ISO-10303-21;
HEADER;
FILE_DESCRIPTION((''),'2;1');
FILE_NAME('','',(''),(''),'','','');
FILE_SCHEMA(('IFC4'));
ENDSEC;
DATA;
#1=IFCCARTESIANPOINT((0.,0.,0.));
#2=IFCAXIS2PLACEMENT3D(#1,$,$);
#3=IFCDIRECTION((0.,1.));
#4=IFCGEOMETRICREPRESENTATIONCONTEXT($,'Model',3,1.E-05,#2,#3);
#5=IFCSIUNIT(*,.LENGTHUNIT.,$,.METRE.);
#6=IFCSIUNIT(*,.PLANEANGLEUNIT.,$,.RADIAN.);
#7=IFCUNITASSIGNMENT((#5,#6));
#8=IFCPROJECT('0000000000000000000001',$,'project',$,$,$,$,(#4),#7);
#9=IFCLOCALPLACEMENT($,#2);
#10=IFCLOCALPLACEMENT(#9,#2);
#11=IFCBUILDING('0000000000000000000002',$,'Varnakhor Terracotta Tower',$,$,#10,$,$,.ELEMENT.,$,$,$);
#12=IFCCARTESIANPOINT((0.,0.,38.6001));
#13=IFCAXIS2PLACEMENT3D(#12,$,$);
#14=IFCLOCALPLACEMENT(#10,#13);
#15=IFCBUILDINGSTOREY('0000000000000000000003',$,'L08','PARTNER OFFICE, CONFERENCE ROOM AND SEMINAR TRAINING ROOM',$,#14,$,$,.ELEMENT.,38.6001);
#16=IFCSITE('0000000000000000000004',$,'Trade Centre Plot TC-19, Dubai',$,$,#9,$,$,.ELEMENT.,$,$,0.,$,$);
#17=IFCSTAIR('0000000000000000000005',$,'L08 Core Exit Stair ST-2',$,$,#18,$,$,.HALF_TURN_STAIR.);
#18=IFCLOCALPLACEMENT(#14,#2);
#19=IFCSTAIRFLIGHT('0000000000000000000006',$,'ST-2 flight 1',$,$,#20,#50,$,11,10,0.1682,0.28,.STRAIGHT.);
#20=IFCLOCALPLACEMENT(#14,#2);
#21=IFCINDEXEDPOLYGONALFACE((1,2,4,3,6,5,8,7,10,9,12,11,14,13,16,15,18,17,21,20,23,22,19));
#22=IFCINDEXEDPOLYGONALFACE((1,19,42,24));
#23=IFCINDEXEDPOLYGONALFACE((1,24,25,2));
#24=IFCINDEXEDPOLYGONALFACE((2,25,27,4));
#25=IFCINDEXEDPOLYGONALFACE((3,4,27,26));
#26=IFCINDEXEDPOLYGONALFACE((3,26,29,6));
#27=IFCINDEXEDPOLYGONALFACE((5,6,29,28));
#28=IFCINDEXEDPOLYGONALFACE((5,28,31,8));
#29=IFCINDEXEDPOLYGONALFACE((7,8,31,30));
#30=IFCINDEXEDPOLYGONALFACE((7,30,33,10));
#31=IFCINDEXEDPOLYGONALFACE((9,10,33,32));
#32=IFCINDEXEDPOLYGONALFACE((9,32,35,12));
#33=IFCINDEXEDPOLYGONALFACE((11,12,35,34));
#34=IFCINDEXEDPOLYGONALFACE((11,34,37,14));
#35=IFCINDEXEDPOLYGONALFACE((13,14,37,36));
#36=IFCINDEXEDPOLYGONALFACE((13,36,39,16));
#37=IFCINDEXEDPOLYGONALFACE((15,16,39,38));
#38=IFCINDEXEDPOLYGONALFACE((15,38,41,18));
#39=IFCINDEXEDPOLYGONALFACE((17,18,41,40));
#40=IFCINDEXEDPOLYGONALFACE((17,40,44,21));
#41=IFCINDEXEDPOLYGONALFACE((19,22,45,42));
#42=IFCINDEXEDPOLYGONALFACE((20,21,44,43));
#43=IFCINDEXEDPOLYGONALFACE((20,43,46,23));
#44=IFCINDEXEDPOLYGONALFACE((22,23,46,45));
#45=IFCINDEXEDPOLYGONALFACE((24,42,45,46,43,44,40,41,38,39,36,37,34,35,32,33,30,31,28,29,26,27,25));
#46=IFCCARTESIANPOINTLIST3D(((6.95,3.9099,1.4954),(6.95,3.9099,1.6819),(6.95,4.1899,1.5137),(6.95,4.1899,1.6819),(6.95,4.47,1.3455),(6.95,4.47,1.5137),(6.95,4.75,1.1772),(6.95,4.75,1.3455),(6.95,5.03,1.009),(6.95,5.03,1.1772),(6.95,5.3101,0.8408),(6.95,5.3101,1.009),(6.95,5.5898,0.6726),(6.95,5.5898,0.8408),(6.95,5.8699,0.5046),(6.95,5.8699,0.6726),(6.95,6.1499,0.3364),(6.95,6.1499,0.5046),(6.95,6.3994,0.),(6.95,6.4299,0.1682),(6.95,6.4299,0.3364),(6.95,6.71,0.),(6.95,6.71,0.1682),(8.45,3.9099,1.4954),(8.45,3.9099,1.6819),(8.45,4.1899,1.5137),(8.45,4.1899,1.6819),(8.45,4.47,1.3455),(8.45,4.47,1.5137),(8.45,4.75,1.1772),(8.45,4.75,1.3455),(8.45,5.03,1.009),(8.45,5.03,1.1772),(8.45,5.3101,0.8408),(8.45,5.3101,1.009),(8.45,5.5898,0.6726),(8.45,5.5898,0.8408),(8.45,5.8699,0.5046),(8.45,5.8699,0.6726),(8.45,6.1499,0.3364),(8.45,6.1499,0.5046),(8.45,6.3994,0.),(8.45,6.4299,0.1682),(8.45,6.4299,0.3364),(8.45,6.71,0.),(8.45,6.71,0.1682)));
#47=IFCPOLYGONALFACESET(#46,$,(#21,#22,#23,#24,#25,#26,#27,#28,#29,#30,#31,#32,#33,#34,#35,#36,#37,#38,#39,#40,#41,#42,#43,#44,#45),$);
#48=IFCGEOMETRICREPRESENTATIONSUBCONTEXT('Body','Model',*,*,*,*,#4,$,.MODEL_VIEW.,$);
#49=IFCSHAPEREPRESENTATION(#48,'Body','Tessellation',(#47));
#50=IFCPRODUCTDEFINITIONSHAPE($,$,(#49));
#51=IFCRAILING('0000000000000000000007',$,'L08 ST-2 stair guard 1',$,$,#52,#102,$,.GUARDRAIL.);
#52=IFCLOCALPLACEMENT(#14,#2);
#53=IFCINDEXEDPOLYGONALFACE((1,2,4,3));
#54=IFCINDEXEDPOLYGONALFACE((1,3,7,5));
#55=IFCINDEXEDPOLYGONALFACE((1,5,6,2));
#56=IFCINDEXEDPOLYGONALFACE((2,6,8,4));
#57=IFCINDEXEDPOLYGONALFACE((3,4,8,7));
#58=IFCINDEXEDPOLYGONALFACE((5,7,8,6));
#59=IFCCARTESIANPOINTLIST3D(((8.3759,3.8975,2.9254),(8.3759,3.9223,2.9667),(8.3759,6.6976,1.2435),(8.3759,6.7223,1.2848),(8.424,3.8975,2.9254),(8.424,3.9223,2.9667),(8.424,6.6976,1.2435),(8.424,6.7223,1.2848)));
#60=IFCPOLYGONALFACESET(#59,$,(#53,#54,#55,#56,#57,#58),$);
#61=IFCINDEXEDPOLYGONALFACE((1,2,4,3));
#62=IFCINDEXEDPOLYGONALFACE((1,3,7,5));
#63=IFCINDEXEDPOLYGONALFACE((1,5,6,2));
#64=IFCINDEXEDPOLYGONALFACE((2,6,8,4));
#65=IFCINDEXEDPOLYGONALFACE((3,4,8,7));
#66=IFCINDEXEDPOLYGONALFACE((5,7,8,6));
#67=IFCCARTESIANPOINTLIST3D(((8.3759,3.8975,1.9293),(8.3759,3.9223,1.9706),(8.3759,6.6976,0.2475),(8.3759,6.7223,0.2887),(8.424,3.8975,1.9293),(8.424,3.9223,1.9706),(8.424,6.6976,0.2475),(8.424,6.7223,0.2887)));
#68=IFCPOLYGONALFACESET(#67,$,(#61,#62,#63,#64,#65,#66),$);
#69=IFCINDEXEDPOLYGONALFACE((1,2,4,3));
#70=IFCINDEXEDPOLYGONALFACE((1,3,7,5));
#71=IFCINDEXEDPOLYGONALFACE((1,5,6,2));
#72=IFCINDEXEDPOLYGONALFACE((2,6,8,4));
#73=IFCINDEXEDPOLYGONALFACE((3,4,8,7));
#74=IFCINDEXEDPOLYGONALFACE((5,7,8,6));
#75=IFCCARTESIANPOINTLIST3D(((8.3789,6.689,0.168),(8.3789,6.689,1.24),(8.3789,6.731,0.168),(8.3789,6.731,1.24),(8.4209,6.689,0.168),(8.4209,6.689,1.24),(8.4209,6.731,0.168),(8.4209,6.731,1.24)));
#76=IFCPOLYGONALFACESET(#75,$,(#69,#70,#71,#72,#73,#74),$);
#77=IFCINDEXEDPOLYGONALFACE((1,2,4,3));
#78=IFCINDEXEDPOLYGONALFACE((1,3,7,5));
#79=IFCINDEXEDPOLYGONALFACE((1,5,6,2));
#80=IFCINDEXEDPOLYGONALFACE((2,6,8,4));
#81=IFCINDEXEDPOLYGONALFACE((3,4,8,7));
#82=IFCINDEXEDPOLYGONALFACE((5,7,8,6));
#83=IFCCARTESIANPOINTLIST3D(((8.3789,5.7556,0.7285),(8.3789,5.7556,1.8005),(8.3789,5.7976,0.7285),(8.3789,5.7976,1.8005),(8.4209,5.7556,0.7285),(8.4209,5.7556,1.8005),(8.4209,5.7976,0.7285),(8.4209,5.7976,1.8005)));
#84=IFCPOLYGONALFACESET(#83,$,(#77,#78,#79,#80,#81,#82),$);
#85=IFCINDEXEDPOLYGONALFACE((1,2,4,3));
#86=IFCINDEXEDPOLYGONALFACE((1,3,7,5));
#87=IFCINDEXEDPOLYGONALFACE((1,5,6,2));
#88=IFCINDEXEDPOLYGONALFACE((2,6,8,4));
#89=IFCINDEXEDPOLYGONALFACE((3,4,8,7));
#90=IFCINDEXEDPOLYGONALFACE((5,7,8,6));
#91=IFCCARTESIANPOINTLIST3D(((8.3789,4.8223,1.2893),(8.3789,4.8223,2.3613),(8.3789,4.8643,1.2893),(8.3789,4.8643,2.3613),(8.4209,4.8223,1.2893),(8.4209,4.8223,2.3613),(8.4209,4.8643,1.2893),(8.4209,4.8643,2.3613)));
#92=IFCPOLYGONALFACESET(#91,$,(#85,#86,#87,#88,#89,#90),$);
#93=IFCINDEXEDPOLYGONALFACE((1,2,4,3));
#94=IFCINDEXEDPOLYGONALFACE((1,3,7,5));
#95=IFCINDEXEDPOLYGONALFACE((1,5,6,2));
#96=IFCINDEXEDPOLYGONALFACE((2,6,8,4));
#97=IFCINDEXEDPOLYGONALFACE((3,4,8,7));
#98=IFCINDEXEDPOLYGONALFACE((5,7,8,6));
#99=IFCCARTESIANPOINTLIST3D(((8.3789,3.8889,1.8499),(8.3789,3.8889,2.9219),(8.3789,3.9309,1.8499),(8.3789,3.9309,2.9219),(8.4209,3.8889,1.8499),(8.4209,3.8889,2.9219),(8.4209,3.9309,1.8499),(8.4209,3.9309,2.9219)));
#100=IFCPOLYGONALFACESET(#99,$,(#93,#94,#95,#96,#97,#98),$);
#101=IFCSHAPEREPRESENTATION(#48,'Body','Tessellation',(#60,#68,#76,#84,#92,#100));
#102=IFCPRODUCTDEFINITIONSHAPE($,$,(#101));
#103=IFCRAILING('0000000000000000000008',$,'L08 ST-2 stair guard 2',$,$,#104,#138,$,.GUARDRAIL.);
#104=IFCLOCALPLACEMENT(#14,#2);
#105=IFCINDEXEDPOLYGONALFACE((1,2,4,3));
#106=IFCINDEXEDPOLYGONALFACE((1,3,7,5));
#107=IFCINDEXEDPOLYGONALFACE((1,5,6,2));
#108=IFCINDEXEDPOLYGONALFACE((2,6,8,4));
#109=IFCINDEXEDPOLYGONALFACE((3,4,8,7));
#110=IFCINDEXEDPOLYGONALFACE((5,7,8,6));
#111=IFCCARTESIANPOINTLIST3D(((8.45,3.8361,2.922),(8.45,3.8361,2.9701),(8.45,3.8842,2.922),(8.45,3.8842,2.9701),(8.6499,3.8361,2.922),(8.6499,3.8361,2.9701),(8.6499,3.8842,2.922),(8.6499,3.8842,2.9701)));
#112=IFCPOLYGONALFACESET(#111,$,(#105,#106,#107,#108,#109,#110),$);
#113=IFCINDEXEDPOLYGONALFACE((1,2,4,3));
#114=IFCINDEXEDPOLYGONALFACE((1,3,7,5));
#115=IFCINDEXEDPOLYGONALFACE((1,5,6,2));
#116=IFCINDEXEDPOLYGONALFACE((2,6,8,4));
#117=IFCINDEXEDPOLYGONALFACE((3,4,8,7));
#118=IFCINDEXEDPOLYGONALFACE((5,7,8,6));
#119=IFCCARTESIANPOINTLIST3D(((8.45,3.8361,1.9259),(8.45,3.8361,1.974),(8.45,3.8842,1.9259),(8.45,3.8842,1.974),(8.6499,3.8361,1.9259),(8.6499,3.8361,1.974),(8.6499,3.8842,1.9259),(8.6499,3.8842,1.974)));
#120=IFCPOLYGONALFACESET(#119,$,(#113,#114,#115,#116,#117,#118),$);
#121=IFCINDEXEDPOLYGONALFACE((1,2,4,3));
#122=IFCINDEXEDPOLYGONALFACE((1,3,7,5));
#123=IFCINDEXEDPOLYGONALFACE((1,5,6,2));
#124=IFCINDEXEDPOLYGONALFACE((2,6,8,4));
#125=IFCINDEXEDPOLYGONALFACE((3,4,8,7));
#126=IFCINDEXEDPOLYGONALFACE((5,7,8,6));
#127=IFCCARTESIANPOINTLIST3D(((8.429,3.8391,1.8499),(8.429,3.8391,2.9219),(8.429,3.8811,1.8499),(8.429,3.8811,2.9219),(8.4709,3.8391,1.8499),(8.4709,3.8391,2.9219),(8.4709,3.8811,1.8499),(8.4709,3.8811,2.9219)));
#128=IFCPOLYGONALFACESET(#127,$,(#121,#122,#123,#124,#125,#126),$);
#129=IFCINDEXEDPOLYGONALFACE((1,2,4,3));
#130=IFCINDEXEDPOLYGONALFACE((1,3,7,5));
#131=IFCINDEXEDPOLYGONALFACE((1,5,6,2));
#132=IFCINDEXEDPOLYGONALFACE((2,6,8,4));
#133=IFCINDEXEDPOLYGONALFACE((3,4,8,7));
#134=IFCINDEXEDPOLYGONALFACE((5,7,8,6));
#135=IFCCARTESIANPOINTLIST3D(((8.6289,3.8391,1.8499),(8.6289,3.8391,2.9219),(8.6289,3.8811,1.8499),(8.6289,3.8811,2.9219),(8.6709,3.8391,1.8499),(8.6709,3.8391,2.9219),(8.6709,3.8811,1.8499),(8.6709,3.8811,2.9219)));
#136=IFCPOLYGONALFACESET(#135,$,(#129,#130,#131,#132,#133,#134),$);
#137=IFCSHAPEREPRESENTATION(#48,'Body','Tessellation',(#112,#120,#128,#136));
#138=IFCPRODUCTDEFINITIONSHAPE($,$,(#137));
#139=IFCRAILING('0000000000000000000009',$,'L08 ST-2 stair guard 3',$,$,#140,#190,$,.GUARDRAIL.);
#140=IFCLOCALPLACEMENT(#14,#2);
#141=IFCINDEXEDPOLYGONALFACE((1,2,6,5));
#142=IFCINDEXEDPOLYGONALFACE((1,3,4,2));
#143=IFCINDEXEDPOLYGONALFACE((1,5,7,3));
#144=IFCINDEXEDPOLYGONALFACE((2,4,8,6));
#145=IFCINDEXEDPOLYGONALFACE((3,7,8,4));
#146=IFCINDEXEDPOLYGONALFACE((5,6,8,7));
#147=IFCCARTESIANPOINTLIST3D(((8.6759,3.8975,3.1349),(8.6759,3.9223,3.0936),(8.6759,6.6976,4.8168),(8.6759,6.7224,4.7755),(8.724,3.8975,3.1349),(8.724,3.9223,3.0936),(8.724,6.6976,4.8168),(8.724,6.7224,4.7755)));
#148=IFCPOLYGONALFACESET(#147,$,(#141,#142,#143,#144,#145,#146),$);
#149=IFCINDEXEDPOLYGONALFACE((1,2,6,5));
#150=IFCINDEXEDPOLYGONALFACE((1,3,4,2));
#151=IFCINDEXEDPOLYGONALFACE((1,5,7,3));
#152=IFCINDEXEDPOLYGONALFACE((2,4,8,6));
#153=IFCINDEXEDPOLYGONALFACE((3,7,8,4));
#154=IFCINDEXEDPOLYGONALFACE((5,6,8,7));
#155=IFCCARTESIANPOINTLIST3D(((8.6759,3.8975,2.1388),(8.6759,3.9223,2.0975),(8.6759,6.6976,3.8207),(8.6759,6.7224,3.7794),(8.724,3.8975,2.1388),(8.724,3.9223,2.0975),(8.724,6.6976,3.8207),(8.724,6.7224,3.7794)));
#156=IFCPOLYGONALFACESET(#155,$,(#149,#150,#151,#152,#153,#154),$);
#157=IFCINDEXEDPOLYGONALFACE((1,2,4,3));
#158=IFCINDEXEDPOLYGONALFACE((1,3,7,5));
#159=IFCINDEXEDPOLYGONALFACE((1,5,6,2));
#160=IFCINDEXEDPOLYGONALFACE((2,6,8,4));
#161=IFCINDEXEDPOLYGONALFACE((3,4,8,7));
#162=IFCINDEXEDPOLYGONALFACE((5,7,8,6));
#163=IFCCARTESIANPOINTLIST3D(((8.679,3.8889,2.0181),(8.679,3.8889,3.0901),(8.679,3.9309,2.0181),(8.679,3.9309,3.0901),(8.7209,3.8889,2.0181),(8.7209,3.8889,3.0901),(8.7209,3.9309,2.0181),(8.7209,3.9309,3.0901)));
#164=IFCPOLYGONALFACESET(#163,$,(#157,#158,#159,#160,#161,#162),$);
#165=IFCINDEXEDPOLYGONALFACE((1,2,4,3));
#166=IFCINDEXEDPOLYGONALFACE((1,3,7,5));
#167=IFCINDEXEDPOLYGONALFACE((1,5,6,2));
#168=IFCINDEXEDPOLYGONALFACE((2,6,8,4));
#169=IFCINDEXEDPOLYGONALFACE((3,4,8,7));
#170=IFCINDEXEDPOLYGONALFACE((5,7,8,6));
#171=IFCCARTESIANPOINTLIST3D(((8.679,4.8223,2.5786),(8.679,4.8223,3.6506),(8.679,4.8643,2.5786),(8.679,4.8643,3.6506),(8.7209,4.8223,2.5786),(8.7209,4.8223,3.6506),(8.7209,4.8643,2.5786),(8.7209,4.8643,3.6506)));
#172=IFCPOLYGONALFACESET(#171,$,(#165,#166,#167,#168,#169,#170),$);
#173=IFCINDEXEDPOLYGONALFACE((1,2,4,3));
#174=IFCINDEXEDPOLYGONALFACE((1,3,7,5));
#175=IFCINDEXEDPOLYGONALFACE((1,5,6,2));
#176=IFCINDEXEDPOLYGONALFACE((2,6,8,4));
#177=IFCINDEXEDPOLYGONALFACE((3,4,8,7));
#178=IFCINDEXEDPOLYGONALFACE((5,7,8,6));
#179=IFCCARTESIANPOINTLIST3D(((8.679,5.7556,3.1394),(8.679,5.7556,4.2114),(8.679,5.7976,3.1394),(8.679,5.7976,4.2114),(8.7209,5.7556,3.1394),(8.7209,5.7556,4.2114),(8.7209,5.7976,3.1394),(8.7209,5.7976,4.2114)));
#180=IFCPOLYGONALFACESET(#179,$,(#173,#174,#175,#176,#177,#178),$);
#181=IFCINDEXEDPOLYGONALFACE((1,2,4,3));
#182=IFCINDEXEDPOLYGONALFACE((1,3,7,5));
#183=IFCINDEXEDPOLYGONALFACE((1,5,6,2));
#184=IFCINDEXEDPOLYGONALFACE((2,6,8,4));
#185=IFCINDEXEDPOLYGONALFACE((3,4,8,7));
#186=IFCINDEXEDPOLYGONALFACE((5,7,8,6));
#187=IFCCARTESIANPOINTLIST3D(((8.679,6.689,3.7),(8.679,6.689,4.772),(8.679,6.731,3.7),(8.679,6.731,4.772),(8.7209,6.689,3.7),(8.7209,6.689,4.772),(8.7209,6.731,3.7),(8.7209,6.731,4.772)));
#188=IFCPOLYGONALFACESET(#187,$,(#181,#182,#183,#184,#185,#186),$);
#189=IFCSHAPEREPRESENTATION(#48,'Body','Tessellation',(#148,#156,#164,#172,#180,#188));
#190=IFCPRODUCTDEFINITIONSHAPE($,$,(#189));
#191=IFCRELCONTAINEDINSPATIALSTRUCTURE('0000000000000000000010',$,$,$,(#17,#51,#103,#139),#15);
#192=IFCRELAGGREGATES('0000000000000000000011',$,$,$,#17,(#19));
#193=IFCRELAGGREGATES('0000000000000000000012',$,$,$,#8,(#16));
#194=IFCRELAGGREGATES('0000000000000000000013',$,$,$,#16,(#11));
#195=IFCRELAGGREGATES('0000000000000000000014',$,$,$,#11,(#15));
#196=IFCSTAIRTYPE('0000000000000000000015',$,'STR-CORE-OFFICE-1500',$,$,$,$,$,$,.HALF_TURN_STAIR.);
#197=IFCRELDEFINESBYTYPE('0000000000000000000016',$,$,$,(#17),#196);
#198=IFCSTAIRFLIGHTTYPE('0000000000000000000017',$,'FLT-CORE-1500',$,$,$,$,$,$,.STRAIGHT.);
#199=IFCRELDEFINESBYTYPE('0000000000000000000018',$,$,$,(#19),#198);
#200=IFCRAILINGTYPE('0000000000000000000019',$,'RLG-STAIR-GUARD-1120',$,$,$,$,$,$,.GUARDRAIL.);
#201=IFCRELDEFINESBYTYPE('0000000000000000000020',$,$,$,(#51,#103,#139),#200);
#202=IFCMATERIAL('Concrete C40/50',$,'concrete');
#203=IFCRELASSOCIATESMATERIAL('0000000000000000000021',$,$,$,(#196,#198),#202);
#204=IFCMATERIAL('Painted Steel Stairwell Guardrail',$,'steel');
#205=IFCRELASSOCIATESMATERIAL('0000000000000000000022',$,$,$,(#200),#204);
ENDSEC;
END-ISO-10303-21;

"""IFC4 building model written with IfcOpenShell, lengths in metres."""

from ifc_helpers import new_model, si_unit, direction, frame, origin, origin_2d, place, context, subcontext, project, spatial, polyline, rectangle, outline, extrude, material, type_object, element, aggregate, save


model = new_model("IFC4")

# Units and contexts
model_context = context("Model", 3, precision=1e-05, world=origin(), true_north=direction((0.0, 1.0)))
body_context = subcontext(model_context, "Body", "Model", "MODEL_VIEW")
ifc_project = project(units=[si_unit("LENGTHUNIT", "METRE"), si_unit("PLANEANGLEUNIT", "RADIAN")], contexts=[model_context])

# Site, building, storey
site_placement = place(None, origin())
site = spatial("IfcSite", under=ifc_project, at=site_placement, Name="Trade Centre Plot TC-19, Dubai", CompositionType="ELEMENT", RefElevation=0.0)
building_placement = place(site_placement, origin())
building = spatial("IfcBuilding", under=site, at=building_placement, Name="Varnakhor Terracotta Tower", CompositionType="ELEMENT")
storey_placement = place(building_placement, frame((0.0, 0.0, 38.6001)))
storey = spatial("IfcBuildingStorey", under=building, at=storey_placement, Name="L08", Description="PARTNER OFFICE, CONFERENCE ROOM AND SEMINAR TRAINING ROOM", CompositionType="ELEMENT", Elevation=38.6001)

# Stair
ifc_material_1 = material(Name="Concrete C40/50", Category="concrete")
stair_type = type_object("IfcStairType", Name="STR-CORE-OFFICE-1500", PredefinedType="HALF_TURN_STAIR", material=ifc_material_1)
stair_1_placement = place(storey_placement, origin())
stair_1 = element("IfcStair", 1, at=stair_1_placement, inside=storey, type_object=stair_type, Name="L08 Core Exit Stair ST-2", PredefinedType="HALF_TURN_STAIR")

# Stair flight
stair_flight_type = type_object("IfcStairFlightType", Name="FLT-CORE-1500", PredefinedType="STRAIGHT", material=ifc_material_1)
stair_flight_placement = place(storey_placement, frame((7.7, 6.71, 0.0), z_axis=(0.0, 0.0, 1.0), x_axis=(0.0, -1.0, 0.0)))
stair_flight = element("IfcStairFlight", 2, at=stair_flight_placement, type_object=stair_flight_type, Name="ST-2 flight 1", NumberOfRisers=11, NumberOfTreads=10, PredefinedType="STRAIGHT", RiserHeight=0.1682, TreadLength=0.28, context=body_context, shape_type="SweptSolid", body=[
    extrude(outline(polyline([(0.0, 0.0), (0.0, 0.1682), (0.28, 0.1682), (0.28, 0.3364), (0.5601, 0.3364), (0.5601, 0.5046), (0.8401, 0.5046), (0.8401, 0.6726), (1.1201, 0.6726), (1.1201, 0.8408), (1.3999, 0.8408), (1.3999, 1.009), (1.6799, 1.009), (1.6799, 1.1772), (1.96, 1.1772), (1.96, 1.3455), (2.24, 1.3455), (2.24, 1.5137), (2.52, 1.5137), (2.52, 1.6819), (2.8, 1.6819), (2.8, 1.8501), (2.8, 1.4954), (0.3105, 0.0), (0.0, 0.0)])), frame((0.0, 0.75, 0.0), z_axis=(0.0, -1.0, 0.0), x_axis=(1.0, 0.0, 0.0)), (0.0, 0.0, 1.0), 1.5),
])
aggregate(stair_1, [stair_flight])

# Railings
ifc_material_2 = material(Name="Painted Steel Stairwell Guardrail", Category="steel")
railing_type_1 = type_object("IfcRailingType", Name="RLG-STAIR-GUARD-1120", PredefinedType="GUARDRAIL", material=ifc_material_2)
railing_1_placement = place(storey_placement, frame((8.3999, 6.71, 0.168)))
element("IfcRailing", 3, at=railing_1_placement, inside=storey, type_object=railing_type_1, Name="L08 ST-2 stair guard 1", PredefinedType="GUARDRAIL", context=body_context, shape_type="SweptSolid", body=[
    extrude(rectangle(XDim=0.0481, YDim=0.0481, at=origin_2d()), frame((0.0, 0.0, 1.0962), z_axis=(0.0, -0.857242, 0.514913), x_axis=(1.0, 0.0, 0.0)), (0.0, 0.0, 1.0), 3.2664),
    extrude(rectangle(XDim=0.0481, YDim=0.0481, at=origin_2d()), frame((0.0, 0.0, 0.1001), z_axis=(0.0, -0.857242, 0.514913), x_axis=(1.0, 0.0, 0.0)), (0.0, 0.0, 1.0), 3.2664),
    extrude(rectangle(XDim=0.042, YDim=0.042, at=origin_2d()), origin(), (0.0, 0.0, 1.0), 1.072),
    extrude(rectangle(XDim=0.042, YDim=0.042, at=origin_2d()), frame((0.0, -0.9333, 0.5605)), (0.0, 0.0, 1.0), 1.072),
    extrude(rectangle(XDim=0.042, YDim=0.042, at=origin_2d()), frame((0.0, -1.8667, 1.1213)), (0.0, 0.0, 1.0), 1.072),
    extrude(rectangle(XDim=0.042, YDim=0.042, at=origin_2d()), frame((0.0, -2.8, 1.6819)), (0.0, 0.0, 1.0), 1.072),
])
railing_2_placement = place(storey_placement, frame((8.45, 3.8601, 1.8499)))
element("IfcRailing", 4, at=railing_2_placement, inside=storey, type_object=railing_type_1, Name="L08 ST-2 stair guard 2", PredefinedType="GUARDRAIL", context=body_context, shape_type="SweptSolid", body=[
    extrude(rectangle(XDim=0.0481, YDim=0.0481, at=origin_2d()), frame((0.0, 0.0, 1.0962), z_axis=(1.0, 0.0, 0.0), x_axis=(0.0, 1.0, 0.0)), (0.0, 0.0, 1.0), 0.2),
    extrude(rectangle(XDim=0.0481, YDim=0.0481, at=origin_2d()), frame((0.0, 0.0, 0.1001), z_axis=(1.0, 0.0, 0.0), x_axis=(0.0, 1.0, 0.0)), (0.0, 0.0, 1.0), 0.2),
    extrude(rectangle(XDim=0.042, YDim=0.042, at=origin_2d()), origin(), (0.0, 0.0, 1.0), 1.072),
    extrude(rectangle(XDim=0.042, YDim=0.042, at=origin_2d()), frame((0.2, 0.0, 0.0)), (0.0, 0.0, 1.0), 1.072),
])
railing_3_placement = place(storey_placement, frame((8.7, 3.9099, 2.0181)))
element("IfcRailing", 5, at=railing_3_placement, inside=storey, type_object=railing_type_1, Name="L08 ST-2 stair guard 3", PredefinedType="GUARDRAIL", context=body_context, shape_type="SweptSolid", body=[
    extrude(rectangle(XDim=0.0481, YDim=0.0481, at=origin_2d()), frame((0.0, 0.0, 1.0962), z_axis=(0.0, 0.857242, 0.514913), x_axis=(-1.0, 0.0, 0.0)), (0.0, 0.0, 1.0), 3.2664),
    extrude(rectangle(XDim=0.0481, YDim=0.0481, at=origin_2d()), frame((0.0, 0.0, 0.1001), z_axis=(0.0, 0.857242, 0.514913), x_axis=(-1.0, 0.0, 0.0)), (0.0, 0.0, 1.0), 3.2664),
    extrude(rectangle(XDim=0.042, YDim=0.042, at=origin_2d()), origin(), (0.0, 0.0, 1.0), 1.072),
    extrude(rectangle(XDim=0.042, YDim=0.042, at=origin_2d()), frame((0.0, 0.9333, 0.5605)), (0.0, 0.0, 1.0), 1.072),
    extrude(rectangle(XDim=0.042, YDim=0.042, at=origin_2d()), frame((0.0, 1.8667, 1.1213)), (0.0, 0.0, 1.0), 1.072),
    extrude(rectangle(XDim=0.042, YDim=0.042, at=origin_2d()), frame((0.0, 2.8, 1.6819)), (0.0, 0.0, 1.0), 1.072),
])

save(model, "model.ifc")
